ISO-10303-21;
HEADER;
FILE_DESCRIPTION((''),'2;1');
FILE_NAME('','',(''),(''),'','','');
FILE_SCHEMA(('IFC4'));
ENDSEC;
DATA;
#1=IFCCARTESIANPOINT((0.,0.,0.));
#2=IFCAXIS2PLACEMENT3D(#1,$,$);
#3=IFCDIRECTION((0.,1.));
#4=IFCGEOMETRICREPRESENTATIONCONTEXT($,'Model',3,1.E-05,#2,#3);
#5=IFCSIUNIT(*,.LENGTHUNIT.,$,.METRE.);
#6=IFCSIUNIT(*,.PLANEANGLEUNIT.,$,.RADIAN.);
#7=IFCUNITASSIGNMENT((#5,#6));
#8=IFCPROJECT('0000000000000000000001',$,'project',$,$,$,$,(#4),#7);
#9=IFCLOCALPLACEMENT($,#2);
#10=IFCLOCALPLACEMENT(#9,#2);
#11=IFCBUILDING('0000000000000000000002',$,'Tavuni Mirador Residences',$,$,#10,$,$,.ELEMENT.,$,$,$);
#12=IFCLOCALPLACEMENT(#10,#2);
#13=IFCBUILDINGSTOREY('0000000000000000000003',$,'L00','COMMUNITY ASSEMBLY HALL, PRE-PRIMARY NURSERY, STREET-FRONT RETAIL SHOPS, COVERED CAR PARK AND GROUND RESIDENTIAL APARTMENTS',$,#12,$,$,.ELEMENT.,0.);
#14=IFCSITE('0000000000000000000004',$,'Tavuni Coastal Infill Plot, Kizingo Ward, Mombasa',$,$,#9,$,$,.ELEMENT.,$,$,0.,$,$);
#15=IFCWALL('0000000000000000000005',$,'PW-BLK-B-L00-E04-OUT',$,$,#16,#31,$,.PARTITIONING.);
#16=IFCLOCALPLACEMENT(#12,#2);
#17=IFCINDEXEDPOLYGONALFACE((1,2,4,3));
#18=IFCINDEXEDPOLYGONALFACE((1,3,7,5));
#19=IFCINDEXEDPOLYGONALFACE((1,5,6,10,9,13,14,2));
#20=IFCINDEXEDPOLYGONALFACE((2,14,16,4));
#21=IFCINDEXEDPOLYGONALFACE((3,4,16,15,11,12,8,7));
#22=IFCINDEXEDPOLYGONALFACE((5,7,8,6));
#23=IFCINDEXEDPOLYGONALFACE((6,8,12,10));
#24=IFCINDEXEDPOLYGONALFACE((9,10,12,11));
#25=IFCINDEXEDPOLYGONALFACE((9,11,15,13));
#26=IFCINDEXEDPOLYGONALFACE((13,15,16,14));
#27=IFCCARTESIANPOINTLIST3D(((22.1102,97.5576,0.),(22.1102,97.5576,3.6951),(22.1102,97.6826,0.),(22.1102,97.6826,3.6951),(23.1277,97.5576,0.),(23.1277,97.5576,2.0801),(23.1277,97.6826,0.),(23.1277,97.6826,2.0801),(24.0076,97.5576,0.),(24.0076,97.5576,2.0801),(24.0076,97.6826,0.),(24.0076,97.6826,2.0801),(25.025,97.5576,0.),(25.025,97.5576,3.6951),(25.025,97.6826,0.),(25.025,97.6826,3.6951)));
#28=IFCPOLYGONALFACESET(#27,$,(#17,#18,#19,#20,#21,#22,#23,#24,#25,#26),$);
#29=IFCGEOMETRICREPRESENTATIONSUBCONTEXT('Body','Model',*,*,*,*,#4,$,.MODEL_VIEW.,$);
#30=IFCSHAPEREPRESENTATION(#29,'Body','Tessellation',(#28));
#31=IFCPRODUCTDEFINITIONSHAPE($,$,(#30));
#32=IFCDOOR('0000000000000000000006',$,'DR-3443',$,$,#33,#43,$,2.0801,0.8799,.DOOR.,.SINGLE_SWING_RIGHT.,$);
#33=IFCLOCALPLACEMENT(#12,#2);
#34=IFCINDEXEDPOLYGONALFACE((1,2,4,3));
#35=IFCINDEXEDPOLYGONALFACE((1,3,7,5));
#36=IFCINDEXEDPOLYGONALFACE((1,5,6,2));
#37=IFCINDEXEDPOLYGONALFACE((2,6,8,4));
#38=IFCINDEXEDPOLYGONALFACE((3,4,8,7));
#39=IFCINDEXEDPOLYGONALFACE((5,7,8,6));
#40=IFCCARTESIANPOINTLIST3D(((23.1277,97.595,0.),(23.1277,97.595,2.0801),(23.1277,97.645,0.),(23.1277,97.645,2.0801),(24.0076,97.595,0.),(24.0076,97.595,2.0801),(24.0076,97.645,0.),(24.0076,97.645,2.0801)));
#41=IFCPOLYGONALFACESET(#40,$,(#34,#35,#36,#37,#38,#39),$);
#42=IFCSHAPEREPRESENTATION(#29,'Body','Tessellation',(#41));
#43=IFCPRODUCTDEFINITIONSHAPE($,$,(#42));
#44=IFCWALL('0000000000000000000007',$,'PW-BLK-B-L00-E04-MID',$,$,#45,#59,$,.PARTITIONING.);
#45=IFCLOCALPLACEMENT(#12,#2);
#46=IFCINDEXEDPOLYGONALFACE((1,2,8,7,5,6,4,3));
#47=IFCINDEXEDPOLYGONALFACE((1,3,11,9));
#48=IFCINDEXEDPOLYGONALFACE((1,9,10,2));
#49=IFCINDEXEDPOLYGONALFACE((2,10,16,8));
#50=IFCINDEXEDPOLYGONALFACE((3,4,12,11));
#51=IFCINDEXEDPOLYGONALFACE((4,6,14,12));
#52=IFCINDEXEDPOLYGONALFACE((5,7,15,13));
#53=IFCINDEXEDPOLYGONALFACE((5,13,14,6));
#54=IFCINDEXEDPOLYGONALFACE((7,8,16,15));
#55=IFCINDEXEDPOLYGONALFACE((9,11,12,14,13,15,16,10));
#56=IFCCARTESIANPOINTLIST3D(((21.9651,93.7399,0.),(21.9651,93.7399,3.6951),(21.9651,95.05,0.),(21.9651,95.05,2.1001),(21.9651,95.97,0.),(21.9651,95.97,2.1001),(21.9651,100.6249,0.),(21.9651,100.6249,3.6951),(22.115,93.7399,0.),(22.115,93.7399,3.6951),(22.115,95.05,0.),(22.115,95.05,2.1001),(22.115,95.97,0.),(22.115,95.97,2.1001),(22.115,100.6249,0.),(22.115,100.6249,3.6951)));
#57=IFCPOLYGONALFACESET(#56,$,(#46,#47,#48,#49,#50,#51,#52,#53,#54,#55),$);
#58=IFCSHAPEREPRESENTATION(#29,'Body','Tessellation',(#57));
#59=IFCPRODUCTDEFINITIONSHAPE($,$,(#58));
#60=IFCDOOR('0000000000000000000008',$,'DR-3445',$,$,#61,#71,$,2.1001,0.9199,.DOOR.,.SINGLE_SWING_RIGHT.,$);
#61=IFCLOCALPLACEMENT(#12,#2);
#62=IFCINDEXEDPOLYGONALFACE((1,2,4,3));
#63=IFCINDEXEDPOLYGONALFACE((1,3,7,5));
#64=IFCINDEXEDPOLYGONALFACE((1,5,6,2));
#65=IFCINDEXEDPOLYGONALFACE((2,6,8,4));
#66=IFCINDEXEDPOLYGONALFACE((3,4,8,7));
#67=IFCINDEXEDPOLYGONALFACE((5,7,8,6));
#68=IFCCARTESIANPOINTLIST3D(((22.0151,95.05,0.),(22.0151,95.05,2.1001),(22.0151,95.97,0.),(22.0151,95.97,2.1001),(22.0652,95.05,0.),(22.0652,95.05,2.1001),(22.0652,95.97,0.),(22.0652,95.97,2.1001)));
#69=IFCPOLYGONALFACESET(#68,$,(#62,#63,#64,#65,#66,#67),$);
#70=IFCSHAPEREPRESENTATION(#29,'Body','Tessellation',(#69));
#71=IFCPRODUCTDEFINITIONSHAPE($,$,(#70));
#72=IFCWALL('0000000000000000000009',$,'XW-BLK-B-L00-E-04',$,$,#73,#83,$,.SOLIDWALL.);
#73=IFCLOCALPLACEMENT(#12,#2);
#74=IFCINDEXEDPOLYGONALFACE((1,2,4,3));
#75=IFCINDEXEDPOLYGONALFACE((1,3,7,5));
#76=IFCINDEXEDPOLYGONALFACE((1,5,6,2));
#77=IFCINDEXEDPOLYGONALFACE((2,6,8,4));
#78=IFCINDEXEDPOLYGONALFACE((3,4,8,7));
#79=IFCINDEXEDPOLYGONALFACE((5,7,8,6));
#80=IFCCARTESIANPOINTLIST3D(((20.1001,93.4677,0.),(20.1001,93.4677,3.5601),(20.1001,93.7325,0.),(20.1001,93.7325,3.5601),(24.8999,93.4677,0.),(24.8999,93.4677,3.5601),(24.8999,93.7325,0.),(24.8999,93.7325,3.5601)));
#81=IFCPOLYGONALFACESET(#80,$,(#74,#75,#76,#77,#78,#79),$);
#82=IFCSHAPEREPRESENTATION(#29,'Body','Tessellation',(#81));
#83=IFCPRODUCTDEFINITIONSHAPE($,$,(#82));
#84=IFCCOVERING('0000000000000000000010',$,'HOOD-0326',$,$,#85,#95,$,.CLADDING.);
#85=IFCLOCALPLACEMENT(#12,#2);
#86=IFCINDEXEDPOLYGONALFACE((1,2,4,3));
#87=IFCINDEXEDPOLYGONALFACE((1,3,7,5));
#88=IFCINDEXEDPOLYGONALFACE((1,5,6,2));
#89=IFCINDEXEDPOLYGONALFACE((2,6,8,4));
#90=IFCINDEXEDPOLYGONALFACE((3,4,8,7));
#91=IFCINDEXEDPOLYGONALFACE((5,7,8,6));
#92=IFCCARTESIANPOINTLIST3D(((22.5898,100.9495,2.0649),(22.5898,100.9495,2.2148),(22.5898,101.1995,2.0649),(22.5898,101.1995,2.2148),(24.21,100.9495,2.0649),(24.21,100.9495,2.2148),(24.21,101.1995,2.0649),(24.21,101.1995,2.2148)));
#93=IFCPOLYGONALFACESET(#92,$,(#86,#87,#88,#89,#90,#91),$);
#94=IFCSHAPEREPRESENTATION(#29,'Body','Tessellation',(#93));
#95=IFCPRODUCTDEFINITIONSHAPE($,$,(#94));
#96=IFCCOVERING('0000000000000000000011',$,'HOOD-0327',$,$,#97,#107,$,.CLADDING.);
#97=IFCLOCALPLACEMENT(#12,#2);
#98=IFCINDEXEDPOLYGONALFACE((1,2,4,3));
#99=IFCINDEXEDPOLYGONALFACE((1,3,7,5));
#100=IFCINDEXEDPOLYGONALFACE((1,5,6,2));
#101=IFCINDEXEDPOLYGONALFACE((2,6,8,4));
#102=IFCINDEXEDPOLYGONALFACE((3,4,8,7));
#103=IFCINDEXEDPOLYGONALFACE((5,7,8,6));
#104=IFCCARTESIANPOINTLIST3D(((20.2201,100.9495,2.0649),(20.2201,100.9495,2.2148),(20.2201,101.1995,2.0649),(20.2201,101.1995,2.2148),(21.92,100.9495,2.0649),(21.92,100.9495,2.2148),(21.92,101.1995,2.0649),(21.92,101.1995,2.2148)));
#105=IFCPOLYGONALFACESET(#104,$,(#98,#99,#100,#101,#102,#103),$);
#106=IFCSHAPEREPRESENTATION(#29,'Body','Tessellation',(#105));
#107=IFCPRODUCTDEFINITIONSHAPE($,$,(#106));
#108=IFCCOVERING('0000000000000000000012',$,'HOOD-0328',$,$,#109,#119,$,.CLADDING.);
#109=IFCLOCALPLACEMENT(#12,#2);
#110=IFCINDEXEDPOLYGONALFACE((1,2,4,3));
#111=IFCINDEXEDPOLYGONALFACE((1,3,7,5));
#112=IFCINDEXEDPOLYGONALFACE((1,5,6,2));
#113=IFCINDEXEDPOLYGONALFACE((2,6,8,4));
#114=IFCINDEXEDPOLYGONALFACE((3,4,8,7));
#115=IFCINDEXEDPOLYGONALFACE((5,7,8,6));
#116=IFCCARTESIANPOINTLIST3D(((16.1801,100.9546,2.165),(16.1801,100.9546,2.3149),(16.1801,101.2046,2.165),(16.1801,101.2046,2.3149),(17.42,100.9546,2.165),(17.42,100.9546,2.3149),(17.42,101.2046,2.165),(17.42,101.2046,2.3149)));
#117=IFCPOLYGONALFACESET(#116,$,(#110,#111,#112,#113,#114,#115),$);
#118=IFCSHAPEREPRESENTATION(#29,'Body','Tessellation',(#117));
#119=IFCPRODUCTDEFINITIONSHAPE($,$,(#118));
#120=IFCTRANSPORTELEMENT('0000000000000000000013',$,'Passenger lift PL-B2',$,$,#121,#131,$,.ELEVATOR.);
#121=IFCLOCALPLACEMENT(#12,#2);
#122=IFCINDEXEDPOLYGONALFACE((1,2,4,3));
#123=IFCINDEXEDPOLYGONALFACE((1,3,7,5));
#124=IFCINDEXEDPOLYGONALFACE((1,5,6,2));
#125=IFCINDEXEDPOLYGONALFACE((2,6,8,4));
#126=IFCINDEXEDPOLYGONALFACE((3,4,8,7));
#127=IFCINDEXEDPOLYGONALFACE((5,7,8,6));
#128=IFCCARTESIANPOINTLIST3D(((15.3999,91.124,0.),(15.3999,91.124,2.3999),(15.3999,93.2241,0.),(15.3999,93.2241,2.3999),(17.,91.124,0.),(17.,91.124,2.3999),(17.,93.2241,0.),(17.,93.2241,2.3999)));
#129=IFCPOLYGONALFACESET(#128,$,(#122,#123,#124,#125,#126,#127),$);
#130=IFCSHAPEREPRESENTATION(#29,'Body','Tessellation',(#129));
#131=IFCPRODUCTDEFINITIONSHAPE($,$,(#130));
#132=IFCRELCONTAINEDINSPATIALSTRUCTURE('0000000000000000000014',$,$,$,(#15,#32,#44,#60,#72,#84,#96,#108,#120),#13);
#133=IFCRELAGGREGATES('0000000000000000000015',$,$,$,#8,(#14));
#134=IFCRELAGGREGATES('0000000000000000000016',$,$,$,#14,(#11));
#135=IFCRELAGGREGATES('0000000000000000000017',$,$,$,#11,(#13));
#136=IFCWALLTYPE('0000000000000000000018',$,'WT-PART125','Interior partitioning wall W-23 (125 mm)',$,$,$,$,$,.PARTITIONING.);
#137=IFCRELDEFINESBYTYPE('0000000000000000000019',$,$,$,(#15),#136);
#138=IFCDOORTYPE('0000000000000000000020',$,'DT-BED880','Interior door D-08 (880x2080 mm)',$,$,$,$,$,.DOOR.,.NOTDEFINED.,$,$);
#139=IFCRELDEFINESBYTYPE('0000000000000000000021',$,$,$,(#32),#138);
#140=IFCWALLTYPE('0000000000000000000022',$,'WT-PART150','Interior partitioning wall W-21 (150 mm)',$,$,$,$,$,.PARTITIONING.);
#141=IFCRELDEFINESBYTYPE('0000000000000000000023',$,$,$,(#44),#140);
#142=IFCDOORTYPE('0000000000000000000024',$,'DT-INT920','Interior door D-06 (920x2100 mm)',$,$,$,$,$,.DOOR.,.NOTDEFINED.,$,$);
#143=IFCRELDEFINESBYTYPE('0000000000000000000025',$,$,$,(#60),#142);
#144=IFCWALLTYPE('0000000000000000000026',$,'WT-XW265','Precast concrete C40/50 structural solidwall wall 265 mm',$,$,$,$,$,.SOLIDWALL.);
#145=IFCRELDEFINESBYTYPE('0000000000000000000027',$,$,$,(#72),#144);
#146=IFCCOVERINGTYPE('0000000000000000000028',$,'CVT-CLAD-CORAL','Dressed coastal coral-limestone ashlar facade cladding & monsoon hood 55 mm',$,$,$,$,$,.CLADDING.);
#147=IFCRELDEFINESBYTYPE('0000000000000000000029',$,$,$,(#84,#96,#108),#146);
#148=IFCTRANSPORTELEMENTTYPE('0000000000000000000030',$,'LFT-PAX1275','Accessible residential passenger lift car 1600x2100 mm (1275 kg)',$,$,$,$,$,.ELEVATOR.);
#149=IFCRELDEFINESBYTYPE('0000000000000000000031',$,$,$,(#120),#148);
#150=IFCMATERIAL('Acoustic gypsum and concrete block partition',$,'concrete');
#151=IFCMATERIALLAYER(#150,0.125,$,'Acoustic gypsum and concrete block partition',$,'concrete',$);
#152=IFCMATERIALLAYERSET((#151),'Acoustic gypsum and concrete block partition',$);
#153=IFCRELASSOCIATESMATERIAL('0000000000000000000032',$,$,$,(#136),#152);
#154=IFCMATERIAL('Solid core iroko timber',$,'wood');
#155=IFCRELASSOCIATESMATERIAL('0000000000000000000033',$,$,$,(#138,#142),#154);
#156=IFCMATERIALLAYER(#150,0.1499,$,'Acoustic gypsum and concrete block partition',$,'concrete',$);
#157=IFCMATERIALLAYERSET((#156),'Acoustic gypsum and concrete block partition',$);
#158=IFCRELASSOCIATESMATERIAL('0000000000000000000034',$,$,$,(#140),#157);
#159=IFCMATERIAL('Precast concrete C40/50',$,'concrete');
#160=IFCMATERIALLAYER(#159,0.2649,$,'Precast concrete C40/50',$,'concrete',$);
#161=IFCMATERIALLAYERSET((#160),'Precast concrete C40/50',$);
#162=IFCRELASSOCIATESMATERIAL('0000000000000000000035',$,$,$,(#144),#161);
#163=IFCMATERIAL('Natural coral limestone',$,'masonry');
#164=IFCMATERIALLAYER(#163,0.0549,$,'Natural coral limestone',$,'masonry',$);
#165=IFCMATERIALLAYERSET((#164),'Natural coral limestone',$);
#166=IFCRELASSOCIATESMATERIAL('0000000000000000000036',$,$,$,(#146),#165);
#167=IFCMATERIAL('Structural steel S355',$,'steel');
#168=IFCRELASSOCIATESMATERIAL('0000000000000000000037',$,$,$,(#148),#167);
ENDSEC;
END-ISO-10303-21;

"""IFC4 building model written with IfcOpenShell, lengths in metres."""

from ifc_helpers import new_model, si_unit, direction, frame, frame_2d, origin, origin_2d, place, context, subcontext, project, spatial, rectangle, extrude, material, layer, layer_set, type_object, element, fill, save


model = new_model("IFC4")

# Units and contexts
model_context = context("Model", 3, precision=1e-05, world=origin(), true_north=direction((0.0, 1.0)))
body_context = subcontext(model_context, "Body", "Model", "MODEL_VIEW")
ifc_project = project(units=[si_unit("LENGTHUNIT", "METRE"), si_unit("PLANEANGLEUNIT", "RADIAN")], contexts=[model_context])

# Site, building, storey
site_placement = place(None, origin())
site = spatial("IfcSite", under=ifc_project, at=site_placement, Name="Tavuni Coastal Infill Plot, Kizingo Ward, Mombasa", CompositionType="ELEMENT", RefElevation=0.0)
building_placement = place(site_placement, origin())
building = spatial("IfcBuilding", under=site, at=building_placement, Name="Tavuni Mirador Residences", CompositionType="ELEMENT")
storey_placement = place(building_placement, origin())
storey = spatial("IfcBuildingStorey", under=building, at=storey_placement, Name="L00", Description="COMMUNITY ASSEMBLY HALL, PRE-PRIMARY NURSERY, STREET-FRONT RETAIL SHOPS, COVERED CAR PARK AND GROUND RESIDENTIAL APARTMENTS", CompositionType="ELEMENT", Elevation=0.0)

# Shared definitions
ifc_material_1 = material(Name="Precast concrete C40/50", Category="concrete")

# Shared definitions
ifc_material_2 = material(Name="Structural steel S355", Category="steel")

# Shared definitions
ifc_material_3 = material(Name="Solid core iroko timber", Category="wood")

# Walls, openings, doors
ifc_material_4 = material(Name="Acoustic gypsum and concrete block partition", Category="concrete")
ifc_layer_1 = layer(ifc_material_4, 0.125, Name="Acoustic gypsum and concrete block partition", Category="concrete")
ifc_layer_set_1 = layer_set([ifc_layer_1], Name="Acoustic gypsum and concrete block partition")
wall_type_1 = type_object("IfcWallType", Name="WT-PART125", Description="Interior partitioning wall W-23 (125 mm)", PredefinedType="PARTITIONING", material=ifc_layer_set_1)
wall_1_placement = place(storey_placement, frame((22.1101, 97.6201, 0.0), z_axis=(0.0, 0.0, 1.0), x_axis=(1.0, 0.0, 0.0)))
wall_1 = element("IfcWall", 1, at=wall_1_placement, inside=storey, type_object=wall_type_1, Name="PW-BLK-B-L00-E04-OUT", PredefinedType="PARTITIONING", context=body_context, shape_type="SweptSolid", body=[
    extrude(rectangle(XDim=2.9148, YDim=0.125, at=frame_2d((1.4575, 0.0))), origin(), (0.0, 0.0, 1.0), 3.6951),
])
opening_1_placement = place(wall_1_placement, frame((1.0176, 0.0, 0.0)))
opening_1 = element("IfcOpeningElement", 2, at=opening_1_placement, cuts=wall_1, PredefinedType="OPENING", context=body_context, shape_type="SweptSolid", body=[
    extrude(rectangle(XDim=0.8799, YDim=2.0801, at=frame_2d((0.4399, 1.04))), frame((0.0, 0.0725, 0.0), z_axis=(0.0, -1.0, 0.0), x_axis=(1.0, 0.0, 0.0)), (0.0, 0.0, 1.0), 0.145),
])
door_type_1 = type_object("IfcDoorType", Name="DT-BED880", Description="Interior door D-08 (880x2080 mm)", OperationType="NOTDEFINED", PredefinedType="DOOR", material=ifc_material_3)
door_1_placement = place(opening_1_placement, origin())
door_1 = element("IfcDoor", 3, at=door_1_placement, inside=storey, type_object=door_type_1, Name="DR-3443", OperationType="SINGLE_SWING_RIGHT", OverallHeight=2.0801, OverallWidth=0.8799, PredefinedType="DOOR", context=body_context, shape_type="SweptSolid", body=[
    extrude(rectangle(XDim=0.8799, YDim=2.0801, at=frame_2d((0.4399, 1.04))), frame((0.0, 0.0249, 0.0), z_axis=(0.0, -1.0, 0.0), x_axis=(1.0, 0.0, 0.0)), (0.0, 0.0, 1.0), 0.05),
])
fill(opening_1, door_1)
ifc_layer_2 = layer(ifc_material_4, 0.1499, Name="Acoustic gypsum and concrete block partition", Category="concrete")
ifc_layer_set_2 = layer_set([ifc_layer_2], Name="Acoustic gypsum and concrete block partition")
wall_type_2 = type_object("IfcWallType", Name="WT-PART150", Description="Interior partitioning wall W-21 (150 mm)", PredefinedType="PARTITIONING", material=ifc_layer_set_2)
wall_2_placement = place(storey_placement, frame((22.04, 93.74, 0.0), z_axis=(0.0, 0.0, 1.0), x_axis=(0.0, 1.0, 0.0)))
wall_2 = element("IfcWall", 4, at=wall_2_placement, inside=storey, type_object=wall_type_2, Name="PW-BLK-B-L00-E04-MID", PredefinedType="PARTITIONING", context=body_context, shape_type="SweptSolid", body=[
    extrude(rectangle(XDim=6.885, YDim=0.1499, at=frame_2d((3.4424, 0.0))), origin(), (0.0, 0.0, 1.0), 3.6951),
])
opening_2_placement = place(wall_2_placement, frame((1.3101, 0.0, 0.0)))
opening_2 = element("IfcOpeningElement", 5, at=opening_2_placement, cuts=wall_2, PredefinedType="OPENING", context=body_context, shape_type="SweptSolid", body=[
    extrude(rectangle(XDim=0.9199, YDim=2.1001, at=frame_2d((0.46, 1.05))), frame((0.0, 0.085, 0.0), z_axis=(0.0, -1.0, 0.0), x_axis=(1.0, 0.0, 0.0)), (0.0, 0.0, 1.0), 0.1699),
])
door_type_2 = type_object("IfcDoorType", Name="DT-INT920", Description="Interior door D-06 (920x2100 mm)", OperationType="NOTDEFINED", PredefinedType="DOOR", material=ifc_material_3)
door_2_placement = place(opening_2_placement, origin())
door_2 = element("IfcDoor", 6, at=door_2_placement, inside=storey, type_object=door_type_2, Name="DR-3445", OperationType="SINGLE_SWING_RIGHT", OverallHeight=2.1001, OverallWidth=0.9199, PredefinedType="DOOR", context=body_context, shape_type="SweptSolid", body=[
    extrude(rectangle(XDim=0.9199, YDim=2.1001, at=frame_2d((0.46, 1.05))), frame((0.0, 0.0249, 0.0), z_axis=(0.0, -1.0, 0.0), x_axis=(1.0, 0.0, 0.0)), (0.0, 0.0, 1.0), 0.05),
])
fill(opening_2, door_2)

# Wall
ifc_layer_3 = layer(ifc_material_1, 0.2649, Name="Precast concrete C40/50", Category="concrete")
ifc_layer_set_3 = layer_set([ifc_layer_3], Name="Precast concrete C40/50")
wall_type_3 = type_object("IfcWallType", Name="WT-XW265", Description="Precast concrete C40/50 structural solidwall wall 265 mm", PredefinedType="SOLIDWALL", material=ifc_layer_set_3)
wall_3_placement = place(storey_placement, frame((20.1001, 93.6001, 0.0), z_axis=(0.0, 0.0, 1.0), x_axis=(1.0, 0.0, 0.0)))
element("IfcWall", 7, at=wall_3_placement, inside=storey, type_object=wall_type_3, Name="XW-BLK-B-L00-E-04", PredefinedType="SOLIDWALL", context=body_context, shape_type="SweptSolid", body=[
    extrude(rectangle(XDim=4.7998, YDim=0.2649, at=frame_2d((2.3999, 0.0))), origin(), (0.0, 0.0, 1.0), 3.5601),
])

# Coverings
ifc_material_5 = material(Name="Natural coral limestone", Category="masonry")
ifc_layer_4 = layer(ifc_material_5, 0.0549, Name="Natural coral limestone", Category="masonry")
ifc_layer_set_4 = layer_set([ifc_layer_4], Name="Natural coral limestone")
covering_type = type_object("IfcCoveringType", Name="CVT-CLAD-CORAL", Description="Dressed coastal coral-limestone ashlar facade cladding & monsoon hood 55 mm", PredefinedType="CLADDING", material=ifc_layer_set_4)
covering_1_placement = place(storey_placement, frame((23.3999, 101.0745, 2.0649), z_axis=(0.0, 0.0, 1.0), x_axis=(-1.0, 0.0, 0.0)))
element("IfcCovering", 8, at=covering_1_placement, inside=storey, type_object=covering_type, Name="HOOD-0326", PredefinedType="CLADDING", context=body_context, shape_type="SweptSolid", body=[
    extrude(rectangle(XDim=1.6201, YDim=0.25, at=origin_2d()), origin(), (0.0, 0.0, 1.0), 0.1499),
])
covering_2_placement = place(storey_placement, frame((21.0701, 101.0745, 2.0649), z_axis=(0.0, 0.0, 1.0), x_axis=(-1.0, 0.0, 0.0)))
element("IfcCovering", 9, at=covering_2_placement, inside=storey, type_object=covering_type, Name="HOOD-0327", PredefinedType="CLADDING", context=body_context, shape_type="SweptSolid", body=[
    extrude(rectangle(XDim=1.7, YDim=0.25, at=origin_2d()), origin(), (0.0, 0.0, 1.0), 0.1499),
])
covering_3_placement = place(storey_placement, frame((16.8, 101.0796, 2.165), z_axis=(0.0, 0.0, 1.0), x_axis=(-1.0, 0.0, 0.0)))
element("IfcCovering", 10, at=covering_3_placement, inside=storey, type_object=covering_type, Name="HOOD-0328", PredefinedType="CLADDING", context=body_context, shape_type="SweptSolid", body=[
    extrude(rectangle(XDim=1.24, YDim=0.25, at=origin_2d()), origin(), (0.0, 0.0, 1.0), 0.1499),
])

# Transport element
transport_element_type = type_object("IfcTransportElementType", Name="LFT-PAX1275", Description="Accessible residential passenger lift car 1600x2100 mm (1275 kg)", PredefinedType="ELEVATOR", material=ifc_material_2)
transport_element_placement = place(storey_placement, frame((16.2, 92.1741, 0.0), z_axis=(0.0, 0.0, 1.0), x_axis=(1.0, 0.0, 0.0)))
element("IfcTransportElement", 11, at=transport_element_placement, inside=storey, type_object=transport_element_type, Name="Passenger lift PL-B2", PredefinedType="ELEVATOR", context=body_context, shape_type="SweptSolid", body=[
    extrude(rectangle(XDim=1.6001, YDim=2.1001, at=origin_2d()), origin(), (0.0, 0.0, 1.0), 2.3999),
])

save(model, "model.ifc")
